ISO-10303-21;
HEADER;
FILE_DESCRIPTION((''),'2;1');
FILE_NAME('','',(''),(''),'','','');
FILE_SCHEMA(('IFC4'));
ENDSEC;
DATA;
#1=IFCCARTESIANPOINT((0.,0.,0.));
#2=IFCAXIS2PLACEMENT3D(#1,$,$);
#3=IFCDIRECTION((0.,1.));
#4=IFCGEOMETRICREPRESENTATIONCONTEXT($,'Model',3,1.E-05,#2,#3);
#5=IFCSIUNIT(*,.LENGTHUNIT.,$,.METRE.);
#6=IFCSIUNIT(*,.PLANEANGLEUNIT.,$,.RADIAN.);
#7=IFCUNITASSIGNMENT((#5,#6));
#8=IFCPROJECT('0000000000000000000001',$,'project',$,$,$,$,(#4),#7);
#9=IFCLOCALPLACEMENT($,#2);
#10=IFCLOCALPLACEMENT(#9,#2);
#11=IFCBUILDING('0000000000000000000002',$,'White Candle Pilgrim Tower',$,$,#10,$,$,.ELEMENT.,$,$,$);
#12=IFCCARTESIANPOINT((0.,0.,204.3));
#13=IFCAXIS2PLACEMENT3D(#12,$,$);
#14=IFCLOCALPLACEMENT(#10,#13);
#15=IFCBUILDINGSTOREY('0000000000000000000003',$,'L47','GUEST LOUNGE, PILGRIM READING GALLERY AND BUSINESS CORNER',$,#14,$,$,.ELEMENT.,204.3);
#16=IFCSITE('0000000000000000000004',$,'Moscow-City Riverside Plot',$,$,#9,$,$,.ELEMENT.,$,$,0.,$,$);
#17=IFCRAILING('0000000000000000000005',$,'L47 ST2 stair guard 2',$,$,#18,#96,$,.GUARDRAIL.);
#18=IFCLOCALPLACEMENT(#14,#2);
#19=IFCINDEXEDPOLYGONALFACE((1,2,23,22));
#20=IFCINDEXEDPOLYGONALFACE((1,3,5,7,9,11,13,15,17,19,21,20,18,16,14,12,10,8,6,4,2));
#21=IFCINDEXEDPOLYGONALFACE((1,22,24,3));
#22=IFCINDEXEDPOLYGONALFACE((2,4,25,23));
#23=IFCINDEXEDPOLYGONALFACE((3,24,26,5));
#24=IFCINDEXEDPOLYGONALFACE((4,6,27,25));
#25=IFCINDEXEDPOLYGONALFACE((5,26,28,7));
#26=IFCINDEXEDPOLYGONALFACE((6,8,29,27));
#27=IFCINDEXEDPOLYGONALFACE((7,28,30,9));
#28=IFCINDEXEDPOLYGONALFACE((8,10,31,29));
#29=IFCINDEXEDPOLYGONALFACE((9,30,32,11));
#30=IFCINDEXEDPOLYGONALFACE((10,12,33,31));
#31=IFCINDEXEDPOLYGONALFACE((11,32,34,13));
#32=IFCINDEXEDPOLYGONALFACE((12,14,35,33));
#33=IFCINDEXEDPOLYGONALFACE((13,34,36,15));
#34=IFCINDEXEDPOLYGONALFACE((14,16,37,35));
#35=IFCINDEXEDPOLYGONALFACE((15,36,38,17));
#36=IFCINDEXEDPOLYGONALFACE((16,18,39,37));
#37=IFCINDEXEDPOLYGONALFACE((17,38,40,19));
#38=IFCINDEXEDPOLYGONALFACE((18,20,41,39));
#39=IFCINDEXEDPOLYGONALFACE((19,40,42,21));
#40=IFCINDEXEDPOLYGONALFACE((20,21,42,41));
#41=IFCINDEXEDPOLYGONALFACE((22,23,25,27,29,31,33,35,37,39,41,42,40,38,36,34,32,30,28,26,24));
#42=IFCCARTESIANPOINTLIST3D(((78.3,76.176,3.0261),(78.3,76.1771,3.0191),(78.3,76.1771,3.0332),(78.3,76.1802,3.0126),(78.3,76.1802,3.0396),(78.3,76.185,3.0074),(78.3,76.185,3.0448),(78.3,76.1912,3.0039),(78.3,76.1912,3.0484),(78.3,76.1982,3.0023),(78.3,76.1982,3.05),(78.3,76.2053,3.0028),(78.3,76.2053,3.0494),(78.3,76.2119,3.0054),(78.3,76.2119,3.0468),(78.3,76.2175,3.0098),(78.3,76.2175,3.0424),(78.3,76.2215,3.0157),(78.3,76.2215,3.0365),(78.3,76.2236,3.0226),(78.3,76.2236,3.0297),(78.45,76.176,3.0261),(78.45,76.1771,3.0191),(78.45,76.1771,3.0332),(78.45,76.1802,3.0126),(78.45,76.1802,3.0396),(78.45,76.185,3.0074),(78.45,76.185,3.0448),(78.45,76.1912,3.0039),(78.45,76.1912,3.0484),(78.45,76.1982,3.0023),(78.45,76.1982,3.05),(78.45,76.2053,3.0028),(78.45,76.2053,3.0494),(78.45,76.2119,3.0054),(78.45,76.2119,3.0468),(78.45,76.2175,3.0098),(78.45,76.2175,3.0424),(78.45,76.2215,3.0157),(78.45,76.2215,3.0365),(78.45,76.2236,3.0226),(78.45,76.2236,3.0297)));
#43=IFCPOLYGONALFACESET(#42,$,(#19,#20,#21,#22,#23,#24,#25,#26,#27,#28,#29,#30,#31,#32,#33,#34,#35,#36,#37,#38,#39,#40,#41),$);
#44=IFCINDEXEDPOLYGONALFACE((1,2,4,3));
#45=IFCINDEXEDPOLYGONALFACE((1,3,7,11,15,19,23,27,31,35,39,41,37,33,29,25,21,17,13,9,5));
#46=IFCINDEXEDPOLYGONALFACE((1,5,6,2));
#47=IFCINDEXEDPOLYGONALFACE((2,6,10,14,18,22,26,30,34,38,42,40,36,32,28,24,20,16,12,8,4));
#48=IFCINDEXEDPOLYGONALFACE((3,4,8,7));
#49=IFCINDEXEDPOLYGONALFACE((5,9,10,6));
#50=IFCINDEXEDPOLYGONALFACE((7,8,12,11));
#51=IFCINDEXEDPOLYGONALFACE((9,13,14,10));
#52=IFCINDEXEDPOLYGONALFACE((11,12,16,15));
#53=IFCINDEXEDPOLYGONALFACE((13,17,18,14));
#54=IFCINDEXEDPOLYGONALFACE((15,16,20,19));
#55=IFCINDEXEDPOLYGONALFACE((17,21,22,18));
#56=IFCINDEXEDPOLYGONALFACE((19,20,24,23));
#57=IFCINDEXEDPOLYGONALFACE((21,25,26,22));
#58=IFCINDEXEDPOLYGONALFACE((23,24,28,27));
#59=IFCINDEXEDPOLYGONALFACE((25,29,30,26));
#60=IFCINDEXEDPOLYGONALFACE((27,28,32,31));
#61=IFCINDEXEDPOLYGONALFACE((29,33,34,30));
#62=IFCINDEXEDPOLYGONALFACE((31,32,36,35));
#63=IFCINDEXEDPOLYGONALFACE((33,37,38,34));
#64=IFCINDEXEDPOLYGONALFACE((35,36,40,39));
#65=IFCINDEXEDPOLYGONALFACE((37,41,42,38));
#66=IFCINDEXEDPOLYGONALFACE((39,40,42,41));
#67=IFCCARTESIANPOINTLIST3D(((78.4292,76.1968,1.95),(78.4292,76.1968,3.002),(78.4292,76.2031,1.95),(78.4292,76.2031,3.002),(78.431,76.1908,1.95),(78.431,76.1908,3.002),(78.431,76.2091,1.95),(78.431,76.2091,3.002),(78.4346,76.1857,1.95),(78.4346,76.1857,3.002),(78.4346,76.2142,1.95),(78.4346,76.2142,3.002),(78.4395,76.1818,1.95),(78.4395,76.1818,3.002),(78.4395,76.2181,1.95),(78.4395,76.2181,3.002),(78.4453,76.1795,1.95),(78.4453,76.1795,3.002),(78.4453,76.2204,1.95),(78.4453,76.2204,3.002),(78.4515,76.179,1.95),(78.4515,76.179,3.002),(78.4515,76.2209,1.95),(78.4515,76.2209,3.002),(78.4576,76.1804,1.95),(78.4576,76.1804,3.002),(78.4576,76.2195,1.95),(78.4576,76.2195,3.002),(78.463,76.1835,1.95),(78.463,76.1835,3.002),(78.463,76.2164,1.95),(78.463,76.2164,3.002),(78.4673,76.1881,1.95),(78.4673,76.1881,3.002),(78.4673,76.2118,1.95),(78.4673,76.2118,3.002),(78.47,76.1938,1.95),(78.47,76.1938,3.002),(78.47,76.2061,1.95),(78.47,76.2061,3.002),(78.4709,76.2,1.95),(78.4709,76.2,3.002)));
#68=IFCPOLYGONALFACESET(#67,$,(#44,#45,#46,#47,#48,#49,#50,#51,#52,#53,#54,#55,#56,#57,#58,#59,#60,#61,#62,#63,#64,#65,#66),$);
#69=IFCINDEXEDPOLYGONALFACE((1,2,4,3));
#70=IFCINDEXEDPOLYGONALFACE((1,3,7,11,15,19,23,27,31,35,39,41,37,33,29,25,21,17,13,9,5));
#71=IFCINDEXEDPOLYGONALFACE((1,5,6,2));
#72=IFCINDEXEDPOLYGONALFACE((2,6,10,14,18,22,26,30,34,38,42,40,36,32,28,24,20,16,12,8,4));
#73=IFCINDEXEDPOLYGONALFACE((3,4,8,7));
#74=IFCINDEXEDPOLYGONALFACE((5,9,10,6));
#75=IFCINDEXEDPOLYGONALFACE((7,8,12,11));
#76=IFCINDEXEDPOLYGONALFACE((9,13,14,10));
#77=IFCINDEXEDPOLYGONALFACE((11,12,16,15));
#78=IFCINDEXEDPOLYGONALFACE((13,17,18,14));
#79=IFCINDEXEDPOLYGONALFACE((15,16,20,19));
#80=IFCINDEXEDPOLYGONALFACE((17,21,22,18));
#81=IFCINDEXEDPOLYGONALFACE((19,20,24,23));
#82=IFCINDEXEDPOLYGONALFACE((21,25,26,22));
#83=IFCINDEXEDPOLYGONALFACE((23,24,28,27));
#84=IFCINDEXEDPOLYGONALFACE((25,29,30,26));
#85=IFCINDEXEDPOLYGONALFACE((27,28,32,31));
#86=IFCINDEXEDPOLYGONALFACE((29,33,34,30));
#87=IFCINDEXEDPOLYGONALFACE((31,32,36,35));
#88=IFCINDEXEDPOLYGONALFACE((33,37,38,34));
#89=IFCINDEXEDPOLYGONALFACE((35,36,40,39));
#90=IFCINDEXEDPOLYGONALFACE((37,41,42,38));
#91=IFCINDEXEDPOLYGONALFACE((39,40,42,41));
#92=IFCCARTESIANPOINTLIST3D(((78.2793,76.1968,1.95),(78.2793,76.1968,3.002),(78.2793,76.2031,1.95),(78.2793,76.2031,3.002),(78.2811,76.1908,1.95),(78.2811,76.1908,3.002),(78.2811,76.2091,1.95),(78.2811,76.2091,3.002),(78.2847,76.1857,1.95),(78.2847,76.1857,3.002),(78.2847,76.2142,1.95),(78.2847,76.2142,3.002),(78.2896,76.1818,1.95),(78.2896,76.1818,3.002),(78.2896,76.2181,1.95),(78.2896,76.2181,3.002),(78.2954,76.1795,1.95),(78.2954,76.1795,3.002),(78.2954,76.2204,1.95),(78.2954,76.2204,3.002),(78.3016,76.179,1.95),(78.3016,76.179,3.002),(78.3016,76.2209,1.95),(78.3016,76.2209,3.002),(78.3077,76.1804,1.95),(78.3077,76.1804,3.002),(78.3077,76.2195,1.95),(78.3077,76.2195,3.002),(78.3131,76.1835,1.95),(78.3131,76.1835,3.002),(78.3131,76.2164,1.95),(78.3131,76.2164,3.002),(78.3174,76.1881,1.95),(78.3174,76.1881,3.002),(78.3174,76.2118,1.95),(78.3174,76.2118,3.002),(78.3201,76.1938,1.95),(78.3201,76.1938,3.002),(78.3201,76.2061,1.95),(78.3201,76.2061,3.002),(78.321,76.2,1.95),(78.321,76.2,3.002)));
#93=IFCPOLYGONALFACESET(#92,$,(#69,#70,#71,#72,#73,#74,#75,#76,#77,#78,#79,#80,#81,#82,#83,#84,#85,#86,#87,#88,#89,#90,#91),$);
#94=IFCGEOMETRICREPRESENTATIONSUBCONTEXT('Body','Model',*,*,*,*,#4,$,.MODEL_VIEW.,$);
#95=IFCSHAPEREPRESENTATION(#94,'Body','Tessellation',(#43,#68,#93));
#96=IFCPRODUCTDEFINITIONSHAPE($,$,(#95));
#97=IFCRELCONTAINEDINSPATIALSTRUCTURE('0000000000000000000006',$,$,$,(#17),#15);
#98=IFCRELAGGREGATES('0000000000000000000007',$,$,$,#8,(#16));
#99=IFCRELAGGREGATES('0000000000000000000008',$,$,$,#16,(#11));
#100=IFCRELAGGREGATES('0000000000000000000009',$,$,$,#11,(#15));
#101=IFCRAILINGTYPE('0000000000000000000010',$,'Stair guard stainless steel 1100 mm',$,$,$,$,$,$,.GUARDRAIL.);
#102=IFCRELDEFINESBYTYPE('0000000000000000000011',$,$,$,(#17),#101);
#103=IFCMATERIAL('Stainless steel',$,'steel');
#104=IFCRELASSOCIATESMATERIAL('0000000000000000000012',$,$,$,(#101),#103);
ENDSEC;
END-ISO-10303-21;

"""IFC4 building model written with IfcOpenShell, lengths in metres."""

from ifc_helpers import new_model, si_unit, direction, frame, origin, origin_2d, place, context, subcontext, project, spatial, circle, extrude, material, type_object, element, save


model = new_model("IFC4")

# Units and contexts
model_context = context("Model", 3, precision=1e-05, world=origin(), true_north=direction((0.0, 1.0)))
body_context = subcontext(model_context, "Body", "Model", "MODEL_VIEW")
ifc_project = project(units=[si_unit("LENGTHUNIT", "METRE"), si_unit("PLANEANGLEUNIT", "RADIAN")], contexts=[model_context])

# Site, building, storey
site_placement = place(None, origin())
site = spatial("IfcSite", under=ifc_project, at=site_placement, Name="Moscow-City Riverside Plot", CompositionType="ELEMENT", RefElevation=0.0)
building_placement = place(site_placement, origin())
building = spatial("IfcBuilding", under=site, at=building_placement, Name="White Candle Pilgrim Tower", CompositionType="ELEMENT")
storey_placement = place(building_placement, frame((0.0, 0.0, 204.3)))
storey = spatial("IfcBuildingStorey", under=building, at=storey_placement, Name="L47", Description="GUEST LOUNGE, PILGRIM READING GALLERY AND BUSINESS CORNER", CompositionType="ELEMENT", Elevation=204.3)

# Railing
ifc_material_1 = material(Name="Stainless steel", Category="steel")
railing_type_1 = type_object("IfcRailingType", Name="Stair guard stainless steel 1100 mm", PredefinedType="GUARDRAIL", material=ifc_material_1)
railing_1_placement = place(storey_placement, frame((78.45, 76.2, 1.95)))
element("IfcRailing", 1, at=railing_1_placement, inside=storey, type_object=railing_type_1, Name="L47 ST2 stair guard 2", PredefinedType="GUARDRAIL", context=body_context, shape_type="SweptSolid", body=[
    extrude(circle(Radius=0.0239, at=origin_2d()), frame((0.0, 0.0, 1.0762), z_axis=(-1.0, 0.0, 0.0), x_axis=(0.0, -1.0, 0.0)), (0.0, 0.0, 1.0), 0.1499),
    extrude(circle(Radius=0.021, at=origin_2d()), origin(), (0.0, 0.0, 1.0), 1.052),
    extrude(circle(Radius=0.021, at=origin_2d()), frame((-0.1499, 0.0, 0.0)), (0.0, 0.0, 1.0), 1.052),
])

save(model, "model.ifc")
